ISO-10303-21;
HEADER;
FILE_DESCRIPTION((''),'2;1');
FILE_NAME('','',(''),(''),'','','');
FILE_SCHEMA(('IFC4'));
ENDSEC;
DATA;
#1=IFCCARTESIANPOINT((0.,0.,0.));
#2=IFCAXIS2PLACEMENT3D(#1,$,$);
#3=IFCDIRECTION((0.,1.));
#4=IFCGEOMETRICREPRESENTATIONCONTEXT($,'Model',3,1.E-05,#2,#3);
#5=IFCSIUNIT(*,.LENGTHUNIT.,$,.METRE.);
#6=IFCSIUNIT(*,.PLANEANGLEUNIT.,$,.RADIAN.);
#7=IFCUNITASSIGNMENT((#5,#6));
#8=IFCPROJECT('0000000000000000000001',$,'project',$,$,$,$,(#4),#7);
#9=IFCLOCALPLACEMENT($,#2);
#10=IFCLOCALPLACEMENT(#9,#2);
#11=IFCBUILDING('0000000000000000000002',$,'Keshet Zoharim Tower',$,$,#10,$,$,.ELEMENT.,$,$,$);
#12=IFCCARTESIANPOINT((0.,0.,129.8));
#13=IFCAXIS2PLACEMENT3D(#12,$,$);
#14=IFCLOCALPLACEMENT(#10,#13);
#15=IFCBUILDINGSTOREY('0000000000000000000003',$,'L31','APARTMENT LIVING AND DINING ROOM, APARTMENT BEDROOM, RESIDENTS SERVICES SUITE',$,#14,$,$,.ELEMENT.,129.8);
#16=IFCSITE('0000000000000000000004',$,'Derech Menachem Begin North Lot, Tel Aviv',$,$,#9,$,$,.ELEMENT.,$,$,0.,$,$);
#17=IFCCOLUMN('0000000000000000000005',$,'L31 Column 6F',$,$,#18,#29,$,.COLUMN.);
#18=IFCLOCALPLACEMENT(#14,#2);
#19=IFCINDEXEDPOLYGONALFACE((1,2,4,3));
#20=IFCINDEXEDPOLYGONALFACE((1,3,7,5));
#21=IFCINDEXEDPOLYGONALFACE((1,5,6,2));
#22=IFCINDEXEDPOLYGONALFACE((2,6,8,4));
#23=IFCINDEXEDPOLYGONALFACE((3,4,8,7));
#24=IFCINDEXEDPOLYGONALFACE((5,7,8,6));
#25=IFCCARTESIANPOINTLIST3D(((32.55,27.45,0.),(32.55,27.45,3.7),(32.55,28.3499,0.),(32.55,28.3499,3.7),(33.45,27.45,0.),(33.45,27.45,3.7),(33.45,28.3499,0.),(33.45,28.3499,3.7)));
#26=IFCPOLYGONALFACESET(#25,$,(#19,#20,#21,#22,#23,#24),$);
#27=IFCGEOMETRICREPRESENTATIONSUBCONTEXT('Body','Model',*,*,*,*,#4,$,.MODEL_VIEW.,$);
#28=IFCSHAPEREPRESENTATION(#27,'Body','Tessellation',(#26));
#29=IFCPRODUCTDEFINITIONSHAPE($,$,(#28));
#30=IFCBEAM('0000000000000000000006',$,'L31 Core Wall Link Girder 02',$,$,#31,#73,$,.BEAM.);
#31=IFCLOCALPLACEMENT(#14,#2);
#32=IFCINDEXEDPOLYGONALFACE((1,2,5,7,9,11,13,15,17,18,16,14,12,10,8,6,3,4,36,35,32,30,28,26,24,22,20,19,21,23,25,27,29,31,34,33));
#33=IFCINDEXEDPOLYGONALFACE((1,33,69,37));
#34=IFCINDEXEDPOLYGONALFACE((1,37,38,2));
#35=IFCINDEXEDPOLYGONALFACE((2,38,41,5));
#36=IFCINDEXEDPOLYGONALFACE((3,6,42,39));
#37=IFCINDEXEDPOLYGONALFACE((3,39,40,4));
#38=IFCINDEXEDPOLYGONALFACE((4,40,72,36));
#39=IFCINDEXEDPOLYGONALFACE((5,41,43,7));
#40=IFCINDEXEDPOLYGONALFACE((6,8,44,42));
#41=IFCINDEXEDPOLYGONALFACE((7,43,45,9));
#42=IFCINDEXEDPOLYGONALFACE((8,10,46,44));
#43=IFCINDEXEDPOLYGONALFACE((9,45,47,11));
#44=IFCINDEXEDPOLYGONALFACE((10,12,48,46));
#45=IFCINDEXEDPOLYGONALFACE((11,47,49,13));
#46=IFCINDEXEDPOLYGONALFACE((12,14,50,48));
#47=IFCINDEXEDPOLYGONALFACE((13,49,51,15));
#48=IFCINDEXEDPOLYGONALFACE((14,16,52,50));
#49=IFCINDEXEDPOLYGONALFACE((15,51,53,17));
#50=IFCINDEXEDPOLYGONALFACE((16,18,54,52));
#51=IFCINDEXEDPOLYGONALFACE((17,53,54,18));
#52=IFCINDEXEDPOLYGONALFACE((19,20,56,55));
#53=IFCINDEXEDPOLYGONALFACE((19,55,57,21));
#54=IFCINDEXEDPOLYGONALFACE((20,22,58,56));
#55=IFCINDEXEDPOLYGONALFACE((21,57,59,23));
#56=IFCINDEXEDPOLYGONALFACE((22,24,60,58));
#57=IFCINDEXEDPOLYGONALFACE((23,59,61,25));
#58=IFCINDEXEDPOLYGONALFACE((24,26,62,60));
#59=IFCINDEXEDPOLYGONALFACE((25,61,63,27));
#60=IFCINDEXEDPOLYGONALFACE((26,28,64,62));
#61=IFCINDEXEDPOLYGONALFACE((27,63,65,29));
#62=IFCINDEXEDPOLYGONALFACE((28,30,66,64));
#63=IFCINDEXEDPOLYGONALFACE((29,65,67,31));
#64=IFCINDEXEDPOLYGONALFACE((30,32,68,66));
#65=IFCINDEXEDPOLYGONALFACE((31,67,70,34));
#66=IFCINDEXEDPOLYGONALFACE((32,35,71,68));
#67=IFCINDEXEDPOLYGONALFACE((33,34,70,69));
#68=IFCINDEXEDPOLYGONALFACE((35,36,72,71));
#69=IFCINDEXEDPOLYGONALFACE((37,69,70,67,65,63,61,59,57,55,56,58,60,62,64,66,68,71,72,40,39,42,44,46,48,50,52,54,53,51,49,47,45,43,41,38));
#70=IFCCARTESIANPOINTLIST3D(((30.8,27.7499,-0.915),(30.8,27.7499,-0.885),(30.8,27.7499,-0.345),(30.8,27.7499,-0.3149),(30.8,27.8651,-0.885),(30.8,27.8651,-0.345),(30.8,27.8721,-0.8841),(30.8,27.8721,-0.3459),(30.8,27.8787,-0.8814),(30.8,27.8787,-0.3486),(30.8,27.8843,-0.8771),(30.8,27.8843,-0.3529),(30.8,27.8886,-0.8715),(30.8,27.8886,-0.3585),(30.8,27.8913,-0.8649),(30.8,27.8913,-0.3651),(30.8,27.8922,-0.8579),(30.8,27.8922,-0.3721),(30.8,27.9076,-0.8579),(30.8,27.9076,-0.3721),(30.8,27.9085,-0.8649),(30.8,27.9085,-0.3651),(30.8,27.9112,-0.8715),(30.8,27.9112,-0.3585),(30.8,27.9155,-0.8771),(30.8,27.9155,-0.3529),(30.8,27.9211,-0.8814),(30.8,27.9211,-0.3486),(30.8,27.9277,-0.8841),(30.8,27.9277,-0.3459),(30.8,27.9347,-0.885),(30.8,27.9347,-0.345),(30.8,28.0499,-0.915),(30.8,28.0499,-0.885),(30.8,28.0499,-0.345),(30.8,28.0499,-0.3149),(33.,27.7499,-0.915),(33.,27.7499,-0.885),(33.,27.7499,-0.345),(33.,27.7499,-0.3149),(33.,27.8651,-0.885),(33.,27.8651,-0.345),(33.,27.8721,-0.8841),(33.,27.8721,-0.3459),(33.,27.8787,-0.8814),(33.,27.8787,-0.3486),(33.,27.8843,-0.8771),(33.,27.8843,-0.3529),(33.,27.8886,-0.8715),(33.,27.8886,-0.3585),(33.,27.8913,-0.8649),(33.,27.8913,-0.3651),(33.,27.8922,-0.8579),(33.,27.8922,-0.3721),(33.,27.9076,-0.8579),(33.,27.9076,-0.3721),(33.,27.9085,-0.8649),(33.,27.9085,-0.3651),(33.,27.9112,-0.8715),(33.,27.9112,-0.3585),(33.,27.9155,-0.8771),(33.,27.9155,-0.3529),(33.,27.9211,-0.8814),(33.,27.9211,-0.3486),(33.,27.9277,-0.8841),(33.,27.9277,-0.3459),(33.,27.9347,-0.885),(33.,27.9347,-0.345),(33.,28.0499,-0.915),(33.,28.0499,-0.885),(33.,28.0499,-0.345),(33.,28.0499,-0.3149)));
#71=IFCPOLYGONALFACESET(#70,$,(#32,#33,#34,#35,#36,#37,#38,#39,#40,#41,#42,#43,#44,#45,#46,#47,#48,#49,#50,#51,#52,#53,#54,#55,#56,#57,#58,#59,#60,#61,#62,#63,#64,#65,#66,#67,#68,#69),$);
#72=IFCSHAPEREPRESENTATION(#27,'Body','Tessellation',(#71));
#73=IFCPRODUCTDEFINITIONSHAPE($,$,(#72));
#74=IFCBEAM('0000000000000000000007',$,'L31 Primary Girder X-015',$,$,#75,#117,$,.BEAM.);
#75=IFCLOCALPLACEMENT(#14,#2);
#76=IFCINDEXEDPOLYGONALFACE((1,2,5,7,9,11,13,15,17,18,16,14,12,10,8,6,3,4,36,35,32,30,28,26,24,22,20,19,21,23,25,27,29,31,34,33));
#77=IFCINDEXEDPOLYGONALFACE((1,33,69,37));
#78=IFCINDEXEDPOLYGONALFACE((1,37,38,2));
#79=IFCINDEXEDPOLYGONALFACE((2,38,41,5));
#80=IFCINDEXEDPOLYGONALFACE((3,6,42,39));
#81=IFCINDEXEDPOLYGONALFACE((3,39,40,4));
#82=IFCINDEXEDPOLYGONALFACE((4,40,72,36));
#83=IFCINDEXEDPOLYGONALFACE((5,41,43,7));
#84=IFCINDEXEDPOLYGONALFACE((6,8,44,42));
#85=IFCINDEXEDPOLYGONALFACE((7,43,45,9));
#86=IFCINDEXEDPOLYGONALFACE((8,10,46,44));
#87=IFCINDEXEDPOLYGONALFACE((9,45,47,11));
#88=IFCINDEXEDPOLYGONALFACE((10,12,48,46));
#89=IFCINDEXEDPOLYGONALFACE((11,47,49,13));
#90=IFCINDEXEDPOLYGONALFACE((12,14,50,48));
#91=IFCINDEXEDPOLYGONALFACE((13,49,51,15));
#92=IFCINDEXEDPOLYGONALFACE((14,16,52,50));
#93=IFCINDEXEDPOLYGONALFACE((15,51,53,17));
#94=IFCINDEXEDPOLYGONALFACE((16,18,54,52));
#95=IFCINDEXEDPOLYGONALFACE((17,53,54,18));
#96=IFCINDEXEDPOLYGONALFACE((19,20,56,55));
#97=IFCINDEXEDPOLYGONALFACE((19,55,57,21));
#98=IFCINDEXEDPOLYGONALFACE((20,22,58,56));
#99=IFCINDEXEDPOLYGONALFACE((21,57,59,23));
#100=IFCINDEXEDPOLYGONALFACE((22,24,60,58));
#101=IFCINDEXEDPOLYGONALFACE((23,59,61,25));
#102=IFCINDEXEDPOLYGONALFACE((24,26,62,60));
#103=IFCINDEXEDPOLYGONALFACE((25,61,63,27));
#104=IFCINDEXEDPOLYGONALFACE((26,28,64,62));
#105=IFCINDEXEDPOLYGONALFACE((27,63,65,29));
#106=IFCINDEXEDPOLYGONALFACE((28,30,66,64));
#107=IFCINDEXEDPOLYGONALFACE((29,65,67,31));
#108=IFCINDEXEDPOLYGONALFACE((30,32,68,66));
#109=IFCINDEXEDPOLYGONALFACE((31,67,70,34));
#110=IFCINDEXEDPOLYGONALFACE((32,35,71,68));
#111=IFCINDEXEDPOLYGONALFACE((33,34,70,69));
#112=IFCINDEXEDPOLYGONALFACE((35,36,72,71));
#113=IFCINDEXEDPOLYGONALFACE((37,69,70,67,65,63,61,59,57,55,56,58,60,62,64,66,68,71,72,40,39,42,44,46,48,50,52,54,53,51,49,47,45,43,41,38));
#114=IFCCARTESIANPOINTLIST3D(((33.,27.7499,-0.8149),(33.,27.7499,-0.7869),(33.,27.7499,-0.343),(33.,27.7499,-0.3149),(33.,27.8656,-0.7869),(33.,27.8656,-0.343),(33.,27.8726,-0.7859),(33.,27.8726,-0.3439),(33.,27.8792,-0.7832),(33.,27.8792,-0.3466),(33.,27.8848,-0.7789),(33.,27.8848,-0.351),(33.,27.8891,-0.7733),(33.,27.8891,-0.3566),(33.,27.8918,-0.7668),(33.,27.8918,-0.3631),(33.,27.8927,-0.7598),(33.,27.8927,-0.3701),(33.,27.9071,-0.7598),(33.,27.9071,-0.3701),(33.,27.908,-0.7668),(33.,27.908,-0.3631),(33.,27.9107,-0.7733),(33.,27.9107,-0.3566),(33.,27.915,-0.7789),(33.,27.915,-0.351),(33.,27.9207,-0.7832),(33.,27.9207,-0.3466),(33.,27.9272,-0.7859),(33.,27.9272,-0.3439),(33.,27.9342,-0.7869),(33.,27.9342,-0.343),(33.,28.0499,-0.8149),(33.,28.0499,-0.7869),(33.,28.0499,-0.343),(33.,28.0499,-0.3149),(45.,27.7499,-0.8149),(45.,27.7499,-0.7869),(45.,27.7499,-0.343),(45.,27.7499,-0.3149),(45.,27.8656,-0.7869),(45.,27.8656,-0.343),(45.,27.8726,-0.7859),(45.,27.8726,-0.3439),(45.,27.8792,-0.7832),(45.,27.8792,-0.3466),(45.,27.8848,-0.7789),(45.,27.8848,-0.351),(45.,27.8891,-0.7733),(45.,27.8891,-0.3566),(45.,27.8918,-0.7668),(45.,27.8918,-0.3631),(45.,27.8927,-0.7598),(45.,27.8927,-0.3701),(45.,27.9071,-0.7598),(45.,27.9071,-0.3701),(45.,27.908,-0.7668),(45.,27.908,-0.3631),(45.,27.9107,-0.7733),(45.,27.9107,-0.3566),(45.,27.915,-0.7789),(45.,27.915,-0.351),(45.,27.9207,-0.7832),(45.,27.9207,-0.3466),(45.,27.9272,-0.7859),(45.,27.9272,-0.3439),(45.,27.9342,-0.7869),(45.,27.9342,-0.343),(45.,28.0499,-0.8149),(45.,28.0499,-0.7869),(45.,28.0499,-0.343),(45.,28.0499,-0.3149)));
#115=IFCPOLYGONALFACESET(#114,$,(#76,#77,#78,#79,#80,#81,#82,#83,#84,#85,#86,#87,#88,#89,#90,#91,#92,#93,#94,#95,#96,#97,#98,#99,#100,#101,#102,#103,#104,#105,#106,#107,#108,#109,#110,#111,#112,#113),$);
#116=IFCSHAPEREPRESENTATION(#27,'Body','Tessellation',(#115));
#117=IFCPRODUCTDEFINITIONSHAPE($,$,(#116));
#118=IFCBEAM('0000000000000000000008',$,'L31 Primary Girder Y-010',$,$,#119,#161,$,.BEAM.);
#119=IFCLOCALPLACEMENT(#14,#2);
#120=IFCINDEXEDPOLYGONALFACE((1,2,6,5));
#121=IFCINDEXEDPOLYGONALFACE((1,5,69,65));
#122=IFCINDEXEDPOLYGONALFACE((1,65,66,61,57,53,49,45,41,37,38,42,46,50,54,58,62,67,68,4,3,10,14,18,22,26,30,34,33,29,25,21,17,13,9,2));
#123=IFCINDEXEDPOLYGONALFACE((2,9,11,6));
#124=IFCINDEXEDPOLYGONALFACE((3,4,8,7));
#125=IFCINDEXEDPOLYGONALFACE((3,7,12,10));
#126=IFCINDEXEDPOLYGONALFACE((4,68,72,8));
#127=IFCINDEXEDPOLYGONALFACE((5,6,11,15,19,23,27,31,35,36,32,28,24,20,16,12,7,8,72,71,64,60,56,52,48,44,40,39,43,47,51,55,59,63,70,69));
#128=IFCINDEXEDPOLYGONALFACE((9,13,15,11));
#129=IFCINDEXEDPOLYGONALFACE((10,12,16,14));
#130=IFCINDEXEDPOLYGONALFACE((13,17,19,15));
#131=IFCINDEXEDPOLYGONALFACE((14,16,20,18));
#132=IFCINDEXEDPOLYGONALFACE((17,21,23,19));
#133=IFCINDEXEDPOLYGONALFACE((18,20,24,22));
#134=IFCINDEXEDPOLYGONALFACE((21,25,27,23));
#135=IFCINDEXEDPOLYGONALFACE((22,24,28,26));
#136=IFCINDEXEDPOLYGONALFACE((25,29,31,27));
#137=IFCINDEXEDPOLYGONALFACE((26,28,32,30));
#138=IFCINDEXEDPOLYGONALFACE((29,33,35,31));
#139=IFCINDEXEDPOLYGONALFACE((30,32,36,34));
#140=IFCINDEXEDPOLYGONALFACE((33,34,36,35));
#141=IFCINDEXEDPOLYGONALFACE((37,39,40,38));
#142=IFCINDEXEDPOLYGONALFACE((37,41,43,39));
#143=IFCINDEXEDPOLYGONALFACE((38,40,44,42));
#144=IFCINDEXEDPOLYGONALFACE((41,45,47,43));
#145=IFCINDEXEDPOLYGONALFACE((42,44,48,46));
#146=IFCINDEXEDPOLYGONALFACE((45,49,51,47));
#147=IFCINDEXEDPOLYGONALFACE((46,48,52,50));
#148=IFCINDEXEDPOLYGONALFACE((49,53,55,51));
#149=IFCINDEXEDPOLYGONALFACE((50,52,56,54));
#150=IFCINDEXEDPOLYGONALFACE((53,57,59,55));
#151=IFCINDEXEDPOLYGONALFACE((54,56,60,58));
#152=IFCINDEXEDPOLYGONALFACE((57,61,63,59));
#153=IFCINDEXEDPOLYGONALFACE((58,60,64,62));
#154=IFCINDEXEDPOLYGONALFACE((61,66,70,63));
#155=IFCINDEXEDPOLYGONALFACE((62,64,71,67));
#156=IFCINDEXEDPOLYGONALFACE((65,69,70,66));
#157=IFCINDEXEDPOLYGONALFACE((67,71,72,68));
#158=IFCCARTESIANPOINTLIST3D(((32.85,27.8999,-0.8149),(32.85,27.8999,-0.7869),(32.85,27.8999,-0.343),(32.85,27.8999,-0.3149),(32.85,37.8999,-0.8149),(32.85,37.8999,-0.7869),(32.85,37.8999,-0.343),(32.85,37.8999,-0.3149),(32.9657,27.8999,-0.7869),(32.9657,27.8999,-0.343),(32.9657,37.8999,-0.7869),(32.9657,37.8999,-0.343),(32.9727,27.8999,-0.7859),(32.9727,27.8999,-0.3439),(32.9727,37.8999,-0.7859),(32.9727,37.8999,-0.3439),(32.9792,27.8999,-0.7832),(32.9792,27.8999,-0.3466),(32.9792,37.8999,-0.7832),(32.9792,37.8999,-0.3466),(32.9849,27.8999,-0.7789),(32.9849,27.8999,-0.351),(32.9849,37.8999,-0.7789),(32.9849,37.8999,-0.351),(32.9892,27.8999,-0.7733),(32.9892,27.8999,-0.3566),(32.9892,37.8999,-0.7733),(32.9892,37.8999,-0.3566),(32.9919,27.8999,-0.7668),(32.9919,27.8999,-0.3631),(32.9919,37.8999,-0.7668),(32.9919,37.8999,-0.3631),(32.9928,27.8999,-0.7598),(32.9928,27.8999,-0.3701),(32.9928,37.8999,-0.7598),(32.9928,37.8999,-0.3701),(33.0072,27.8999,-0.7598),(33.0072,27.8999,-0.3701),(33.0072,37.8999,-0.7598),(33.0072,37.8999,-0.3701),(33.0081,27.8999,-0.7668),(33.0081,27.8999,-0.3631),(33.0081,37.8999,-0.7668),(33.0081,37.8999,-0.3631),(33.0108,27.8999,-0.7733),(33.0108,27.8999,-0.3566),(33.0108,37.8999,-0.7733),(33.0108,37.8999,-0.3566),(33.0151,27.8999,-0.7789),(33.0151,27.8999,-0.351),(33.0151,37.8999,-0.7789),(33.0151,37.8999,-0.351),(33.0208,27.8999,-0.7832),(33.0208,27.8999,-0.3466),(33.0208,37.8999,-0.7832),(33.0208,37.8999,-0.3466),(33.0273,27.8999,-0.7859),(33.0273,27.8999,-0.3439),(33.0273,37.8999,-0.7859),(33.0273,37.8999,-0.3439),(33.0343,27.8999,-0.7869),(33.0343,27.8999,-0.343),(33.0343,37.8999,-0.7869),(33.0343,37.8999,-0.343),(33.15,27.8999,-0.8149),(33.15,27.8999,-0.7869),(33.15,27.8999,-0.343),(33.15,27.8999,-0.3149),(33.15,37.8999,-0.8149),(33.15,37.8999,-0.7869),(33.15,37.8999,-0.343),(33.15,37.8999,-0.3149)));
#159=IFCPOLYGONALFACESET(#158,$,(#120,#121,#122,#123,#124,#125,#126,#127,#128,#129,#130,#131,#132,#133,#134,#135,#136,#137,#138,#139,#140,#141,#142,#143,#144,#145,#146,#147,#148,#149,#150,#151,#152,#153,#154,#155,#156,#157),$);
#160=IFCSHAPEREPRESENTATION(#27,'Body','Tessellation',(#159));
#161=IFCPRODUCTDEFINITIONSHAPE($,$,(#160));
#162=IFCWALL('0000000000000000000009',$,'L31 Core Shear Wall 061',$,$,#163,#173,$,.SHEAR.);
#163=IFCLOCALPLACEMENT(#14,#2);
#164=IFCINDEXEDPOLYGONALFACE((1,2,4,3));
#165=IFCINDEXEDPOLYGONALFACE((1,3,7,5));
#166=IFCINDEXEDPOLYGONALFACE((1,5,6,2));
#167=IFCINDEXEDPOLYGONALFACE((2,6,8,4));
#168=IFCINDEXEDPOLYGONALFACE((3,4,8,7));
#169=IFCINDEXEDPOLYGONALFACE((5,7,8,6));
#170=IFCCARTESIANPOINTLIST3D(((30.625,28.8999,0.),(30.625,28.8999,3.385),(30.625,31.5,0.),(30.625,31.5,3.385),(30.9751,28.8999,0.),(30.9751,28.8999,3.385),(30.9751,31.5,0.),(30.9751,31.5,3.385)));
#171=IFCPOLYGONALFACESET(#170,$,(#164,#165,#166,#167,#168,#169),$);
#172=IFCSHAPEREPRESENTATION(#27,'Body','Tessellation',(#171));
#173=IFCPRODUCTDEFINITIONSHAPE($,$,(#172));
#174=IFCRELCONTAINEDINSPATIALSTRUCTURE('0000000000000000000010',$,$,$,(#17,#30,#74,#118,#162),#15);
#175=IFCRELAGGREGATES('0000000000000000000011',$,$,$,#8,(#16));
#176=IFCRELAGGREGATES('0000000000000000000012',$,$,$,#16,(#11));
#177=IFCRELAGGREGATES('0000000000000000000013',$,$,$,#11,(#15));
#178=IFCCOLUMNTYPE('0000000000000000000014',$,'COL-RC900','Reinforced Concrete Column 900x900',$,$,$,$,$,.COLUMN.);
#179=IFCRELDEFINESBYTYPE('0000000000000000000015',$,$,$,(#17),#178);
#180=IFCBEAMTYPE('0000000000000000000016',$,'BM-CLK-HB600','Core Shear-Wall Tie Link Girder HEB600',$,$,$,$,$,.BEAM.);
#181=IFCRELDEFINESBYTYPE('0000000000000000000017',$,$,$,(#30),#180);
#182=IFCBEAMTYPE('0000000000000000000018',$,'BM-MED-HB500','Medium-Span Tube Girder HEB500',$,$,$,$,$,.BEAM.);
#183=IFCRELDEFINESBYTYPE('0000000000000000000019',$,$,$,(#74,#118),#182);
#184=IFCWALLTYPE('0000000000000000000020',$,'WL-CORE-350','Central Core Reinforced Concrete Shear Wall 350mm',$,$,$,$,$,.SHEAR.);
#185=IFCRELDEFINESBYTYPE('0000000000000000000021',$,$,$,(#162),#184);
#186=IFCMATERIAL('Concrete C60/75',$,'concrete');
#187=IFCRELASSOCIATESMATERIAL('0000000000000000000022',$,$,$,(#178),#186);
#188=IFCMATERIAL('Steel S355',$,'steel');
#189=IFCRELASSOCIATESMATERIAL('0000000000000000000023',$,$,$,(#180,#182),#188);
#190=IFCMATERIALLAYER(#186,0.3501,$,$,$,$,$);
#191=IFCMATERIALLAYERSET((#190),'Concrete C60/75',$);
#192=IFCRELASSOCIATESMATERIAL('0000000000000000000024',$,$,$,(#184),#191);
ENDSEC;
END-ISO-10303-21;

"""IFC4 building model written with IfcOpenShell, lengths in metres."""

from ifc_helpers import new_model, si_unit, direction, frame, frame_2d, origin, origin_2d, place, context, subcontext, project, spatial, rectangle, i_section, extrude, material, layer, layer_set, material_profile, profile_set, type_object, element, save


model = new_model("IFC4")

# Units and contexts
model_context = context("Model", 3, precision=1e-05, world=origin(), true_north=direction((0.0, 1.0)))
body_context = subcontext(model_context, "Body", "Model", "MODEL_VIEW")
ifc_project = project(units=[si_unit("LENGTHUNIT", "METRE"), si_unit("PLANEANGLEUNIT", "RADIAN")], contexts=[model_context])

# Site, building, storey
site_placement = place(None, origin())
site = spatial("IfcSite", under=ifc_project, at=site_placement, Name="Derech Menachem Begin North Lot, Tel Aviv", CompositionType="ELEMENT", RefElevation=0.0)
building_placement = place(site_placement, origin())
building = spatial("IfcBuilding", under=site, at=building_placement, Name="Keshet Zoharim Tower", CompositionType="ELEMENT")
storey_placement = place(building_placement, frame((0.0, 0.0, 129.8)))
storey = spatial("IfcBuildingStorey", under=building, at=storey_placement, Name="L31", Description="APARTMENT LIVING AND DINING ROOM, APARTMENT BEDROOM, RESIDENTS SERVICES SUITE", CompositionType="ELEMENT", Elevation=129.8)

# Column
ifc_material_1 = material(Name="Concrete C60/75", Category="concrete")
ifc_material_profile_1 = material_profile(ifc_material_1, rectangle(XDim=0.8999, YDim=0.8999, at=origin_2d()), Name="RC900x900")
ifc_profile_set_1 = profile_set([ifc_material_profile_1], Name="Concrete C60/75")
column_type = type_object("IfcColumnType", Name="COL-RC900", Description="Reinforced Concrete Column 900x900", PredefinedType="COLUMN", material=ifc_profile_set_1)
column_placement = place(storey_placement, frame((33.0, 27.8999, 0.0), z_axis=(0.0, 0.0, 1.0), x_axis=(1.0, 0.0, 0.0)))
element("IfcColumn", 1, at=column_placement, inside=storey, type_object=column_type, Name="L31 Column 6F", PredefinedType="COLUMN", context=body_context, shape_type="SweptSolid", body=[
    extrude(rectangle(XDim=0.8999, YDim=0.8999, at=origin_2d()), origin(), (0.0, 0.0, 1.0), 3.7),
])

# Beams
ifc_material_2 = material(Name="Steel S355", Category="steel")
ifc_material_profile_2 = material_profile(ifc_material_2, i_section(OverallWidth=0.3, OverallDepth=0.6001, WebThickness=0.0154, FlangeThickness=0.03, FilletRadius=0.0271, at=origin_2d()), Name="HEB600")
ifc_profile_set_2 = profile_set([ifc_material_profile_2], Name="Steel S355")
beam_type_1 = type_object("IfcBeamType", Name="BM-CLK-HB600", Description="Core Shear-Wall Tie Link Girder HEB600", PredefinedType="BEAM", material=ifc_profile_set_2)
beam_1_placement = place(storey_placement, frame((30.8, 27.8999, -0.615), z_axis=(1.0, 0.0, 0.0), x_axis=(0.0, 1.0, 0.0)))
element("IfcBeam", 2, at=beam_1_placement, inside=storey, type_object=beam_type_1, Name="L31 Core Wall Link Girder 02", PredefinedType="BEAM", context=body_context, shape_type="SweptSolid", body=[
    extrude(i_section(OverallWidth=0.3, OverallDepth=0.6001, WebThickness=0.0154, FlangeThickness=0.03, FilletRadius=0.0271, at=origin_2d()), origin(), (0.0, 0.0, 1.0), 2.2),
])
ifc_material_profile_3 = material_profile(ifc_material_2, i_section(OverallWidth=0.3, OverallDepth=0.5, WebThickness=0.0144, FlangeThickness=0.0281, FilletRadius=0.0271, at=origin_2d()), Name="HEB500")
ifc_profile_set_3 = profile_set([ifc_material_profile_3], Name="Steel S355")
beam_type_2 = type_object("IfcBeamType", Name="BM-MED-HB500", Description="Medium-Span Tube Girder HEB500", PredefinedType="BEAM", material=ifc_profile_set_3)
beam_2_placement = place(storey_placement, frame((33.0, 27.8999, -0.5649), z_axis=(1.0, 0.0, 0.0), x_axis=(0.0, 1.0, 0.0)))
element("IfcBeam", 3, at=beam_2_placement, inside=storey, type_object=beam_type_2, Name="L31 Primary Girder X-015", PredefinedType="BEAM", context=body_context, shape_type="SweptSolid", body=[
    extrude(i_section(OverallWidth=0.3, OverallDepth=0.5, WebThickness=0.0144, FlangeThickness=0.0281, FilletRadius=0.0271, at=origin_2d()), origin(), (0.0, 0.0, 1.0), 12.0),
])
beam_3_placement = place(storey_placement, frame((33.0, 27.8999, -0.5649), z_axis=(0.0, 1.0, 0.0), x_axis=(-1.0, 0.0, 0.0)))
element("IfcBeam", 4, at=beam_3_placement, inside=storey, type_object=beam_type_2, Name="L31 Primary Girder Y-010", PredefinedType="BEAM", context=body_context, shape_type="SweptSolid", body=[
    extrude(i_section(OverallWidth=0.3, OverallDepth=0.5, WebThickness=0.0144, FlangeThickness=0.0281, FilletRadius=0.0271, at=origin_2d()), origin(), (0.0, 0.0, 1.0), 10.0),
])

# Wall
ifc_layer_1 = layer(ifc_material_1, 0.3501)
ifc_layer_set_1 = layer_set([ifc_layer_1], Name="Concrete C60/75")
wall_type_1 = type_object("IfcWallType", Name="WL-CORE-350", Description="Central Core Reinforced Concrete Shear Wall 350mm", PredefinedType="SHEAR", material=ifc_layer_set_1)
wall_1_placement = place(storey_placement, frame((30.8, 28.8999, 0.0), z_axis=(0.0, 0.0, 1.0), x_axis=(0.0, 1.0, 0.0)))
element("IfcWall", 5, at=wall_1_placement, inside=storey, type_object=wall_type_1, Name="L31 Core Shear Wall 061", PredefinedType="SHEAR", context=body_context, shape_type="SweptSolid", body=[
    extrude(rectangle(XDim=2.6001, YDim=0.3501, at=frame_2d((1.3, 0.0))), origin(), (0.0, 0.0, 1.0), 3.385),
])

save(model, "model.ifc")
